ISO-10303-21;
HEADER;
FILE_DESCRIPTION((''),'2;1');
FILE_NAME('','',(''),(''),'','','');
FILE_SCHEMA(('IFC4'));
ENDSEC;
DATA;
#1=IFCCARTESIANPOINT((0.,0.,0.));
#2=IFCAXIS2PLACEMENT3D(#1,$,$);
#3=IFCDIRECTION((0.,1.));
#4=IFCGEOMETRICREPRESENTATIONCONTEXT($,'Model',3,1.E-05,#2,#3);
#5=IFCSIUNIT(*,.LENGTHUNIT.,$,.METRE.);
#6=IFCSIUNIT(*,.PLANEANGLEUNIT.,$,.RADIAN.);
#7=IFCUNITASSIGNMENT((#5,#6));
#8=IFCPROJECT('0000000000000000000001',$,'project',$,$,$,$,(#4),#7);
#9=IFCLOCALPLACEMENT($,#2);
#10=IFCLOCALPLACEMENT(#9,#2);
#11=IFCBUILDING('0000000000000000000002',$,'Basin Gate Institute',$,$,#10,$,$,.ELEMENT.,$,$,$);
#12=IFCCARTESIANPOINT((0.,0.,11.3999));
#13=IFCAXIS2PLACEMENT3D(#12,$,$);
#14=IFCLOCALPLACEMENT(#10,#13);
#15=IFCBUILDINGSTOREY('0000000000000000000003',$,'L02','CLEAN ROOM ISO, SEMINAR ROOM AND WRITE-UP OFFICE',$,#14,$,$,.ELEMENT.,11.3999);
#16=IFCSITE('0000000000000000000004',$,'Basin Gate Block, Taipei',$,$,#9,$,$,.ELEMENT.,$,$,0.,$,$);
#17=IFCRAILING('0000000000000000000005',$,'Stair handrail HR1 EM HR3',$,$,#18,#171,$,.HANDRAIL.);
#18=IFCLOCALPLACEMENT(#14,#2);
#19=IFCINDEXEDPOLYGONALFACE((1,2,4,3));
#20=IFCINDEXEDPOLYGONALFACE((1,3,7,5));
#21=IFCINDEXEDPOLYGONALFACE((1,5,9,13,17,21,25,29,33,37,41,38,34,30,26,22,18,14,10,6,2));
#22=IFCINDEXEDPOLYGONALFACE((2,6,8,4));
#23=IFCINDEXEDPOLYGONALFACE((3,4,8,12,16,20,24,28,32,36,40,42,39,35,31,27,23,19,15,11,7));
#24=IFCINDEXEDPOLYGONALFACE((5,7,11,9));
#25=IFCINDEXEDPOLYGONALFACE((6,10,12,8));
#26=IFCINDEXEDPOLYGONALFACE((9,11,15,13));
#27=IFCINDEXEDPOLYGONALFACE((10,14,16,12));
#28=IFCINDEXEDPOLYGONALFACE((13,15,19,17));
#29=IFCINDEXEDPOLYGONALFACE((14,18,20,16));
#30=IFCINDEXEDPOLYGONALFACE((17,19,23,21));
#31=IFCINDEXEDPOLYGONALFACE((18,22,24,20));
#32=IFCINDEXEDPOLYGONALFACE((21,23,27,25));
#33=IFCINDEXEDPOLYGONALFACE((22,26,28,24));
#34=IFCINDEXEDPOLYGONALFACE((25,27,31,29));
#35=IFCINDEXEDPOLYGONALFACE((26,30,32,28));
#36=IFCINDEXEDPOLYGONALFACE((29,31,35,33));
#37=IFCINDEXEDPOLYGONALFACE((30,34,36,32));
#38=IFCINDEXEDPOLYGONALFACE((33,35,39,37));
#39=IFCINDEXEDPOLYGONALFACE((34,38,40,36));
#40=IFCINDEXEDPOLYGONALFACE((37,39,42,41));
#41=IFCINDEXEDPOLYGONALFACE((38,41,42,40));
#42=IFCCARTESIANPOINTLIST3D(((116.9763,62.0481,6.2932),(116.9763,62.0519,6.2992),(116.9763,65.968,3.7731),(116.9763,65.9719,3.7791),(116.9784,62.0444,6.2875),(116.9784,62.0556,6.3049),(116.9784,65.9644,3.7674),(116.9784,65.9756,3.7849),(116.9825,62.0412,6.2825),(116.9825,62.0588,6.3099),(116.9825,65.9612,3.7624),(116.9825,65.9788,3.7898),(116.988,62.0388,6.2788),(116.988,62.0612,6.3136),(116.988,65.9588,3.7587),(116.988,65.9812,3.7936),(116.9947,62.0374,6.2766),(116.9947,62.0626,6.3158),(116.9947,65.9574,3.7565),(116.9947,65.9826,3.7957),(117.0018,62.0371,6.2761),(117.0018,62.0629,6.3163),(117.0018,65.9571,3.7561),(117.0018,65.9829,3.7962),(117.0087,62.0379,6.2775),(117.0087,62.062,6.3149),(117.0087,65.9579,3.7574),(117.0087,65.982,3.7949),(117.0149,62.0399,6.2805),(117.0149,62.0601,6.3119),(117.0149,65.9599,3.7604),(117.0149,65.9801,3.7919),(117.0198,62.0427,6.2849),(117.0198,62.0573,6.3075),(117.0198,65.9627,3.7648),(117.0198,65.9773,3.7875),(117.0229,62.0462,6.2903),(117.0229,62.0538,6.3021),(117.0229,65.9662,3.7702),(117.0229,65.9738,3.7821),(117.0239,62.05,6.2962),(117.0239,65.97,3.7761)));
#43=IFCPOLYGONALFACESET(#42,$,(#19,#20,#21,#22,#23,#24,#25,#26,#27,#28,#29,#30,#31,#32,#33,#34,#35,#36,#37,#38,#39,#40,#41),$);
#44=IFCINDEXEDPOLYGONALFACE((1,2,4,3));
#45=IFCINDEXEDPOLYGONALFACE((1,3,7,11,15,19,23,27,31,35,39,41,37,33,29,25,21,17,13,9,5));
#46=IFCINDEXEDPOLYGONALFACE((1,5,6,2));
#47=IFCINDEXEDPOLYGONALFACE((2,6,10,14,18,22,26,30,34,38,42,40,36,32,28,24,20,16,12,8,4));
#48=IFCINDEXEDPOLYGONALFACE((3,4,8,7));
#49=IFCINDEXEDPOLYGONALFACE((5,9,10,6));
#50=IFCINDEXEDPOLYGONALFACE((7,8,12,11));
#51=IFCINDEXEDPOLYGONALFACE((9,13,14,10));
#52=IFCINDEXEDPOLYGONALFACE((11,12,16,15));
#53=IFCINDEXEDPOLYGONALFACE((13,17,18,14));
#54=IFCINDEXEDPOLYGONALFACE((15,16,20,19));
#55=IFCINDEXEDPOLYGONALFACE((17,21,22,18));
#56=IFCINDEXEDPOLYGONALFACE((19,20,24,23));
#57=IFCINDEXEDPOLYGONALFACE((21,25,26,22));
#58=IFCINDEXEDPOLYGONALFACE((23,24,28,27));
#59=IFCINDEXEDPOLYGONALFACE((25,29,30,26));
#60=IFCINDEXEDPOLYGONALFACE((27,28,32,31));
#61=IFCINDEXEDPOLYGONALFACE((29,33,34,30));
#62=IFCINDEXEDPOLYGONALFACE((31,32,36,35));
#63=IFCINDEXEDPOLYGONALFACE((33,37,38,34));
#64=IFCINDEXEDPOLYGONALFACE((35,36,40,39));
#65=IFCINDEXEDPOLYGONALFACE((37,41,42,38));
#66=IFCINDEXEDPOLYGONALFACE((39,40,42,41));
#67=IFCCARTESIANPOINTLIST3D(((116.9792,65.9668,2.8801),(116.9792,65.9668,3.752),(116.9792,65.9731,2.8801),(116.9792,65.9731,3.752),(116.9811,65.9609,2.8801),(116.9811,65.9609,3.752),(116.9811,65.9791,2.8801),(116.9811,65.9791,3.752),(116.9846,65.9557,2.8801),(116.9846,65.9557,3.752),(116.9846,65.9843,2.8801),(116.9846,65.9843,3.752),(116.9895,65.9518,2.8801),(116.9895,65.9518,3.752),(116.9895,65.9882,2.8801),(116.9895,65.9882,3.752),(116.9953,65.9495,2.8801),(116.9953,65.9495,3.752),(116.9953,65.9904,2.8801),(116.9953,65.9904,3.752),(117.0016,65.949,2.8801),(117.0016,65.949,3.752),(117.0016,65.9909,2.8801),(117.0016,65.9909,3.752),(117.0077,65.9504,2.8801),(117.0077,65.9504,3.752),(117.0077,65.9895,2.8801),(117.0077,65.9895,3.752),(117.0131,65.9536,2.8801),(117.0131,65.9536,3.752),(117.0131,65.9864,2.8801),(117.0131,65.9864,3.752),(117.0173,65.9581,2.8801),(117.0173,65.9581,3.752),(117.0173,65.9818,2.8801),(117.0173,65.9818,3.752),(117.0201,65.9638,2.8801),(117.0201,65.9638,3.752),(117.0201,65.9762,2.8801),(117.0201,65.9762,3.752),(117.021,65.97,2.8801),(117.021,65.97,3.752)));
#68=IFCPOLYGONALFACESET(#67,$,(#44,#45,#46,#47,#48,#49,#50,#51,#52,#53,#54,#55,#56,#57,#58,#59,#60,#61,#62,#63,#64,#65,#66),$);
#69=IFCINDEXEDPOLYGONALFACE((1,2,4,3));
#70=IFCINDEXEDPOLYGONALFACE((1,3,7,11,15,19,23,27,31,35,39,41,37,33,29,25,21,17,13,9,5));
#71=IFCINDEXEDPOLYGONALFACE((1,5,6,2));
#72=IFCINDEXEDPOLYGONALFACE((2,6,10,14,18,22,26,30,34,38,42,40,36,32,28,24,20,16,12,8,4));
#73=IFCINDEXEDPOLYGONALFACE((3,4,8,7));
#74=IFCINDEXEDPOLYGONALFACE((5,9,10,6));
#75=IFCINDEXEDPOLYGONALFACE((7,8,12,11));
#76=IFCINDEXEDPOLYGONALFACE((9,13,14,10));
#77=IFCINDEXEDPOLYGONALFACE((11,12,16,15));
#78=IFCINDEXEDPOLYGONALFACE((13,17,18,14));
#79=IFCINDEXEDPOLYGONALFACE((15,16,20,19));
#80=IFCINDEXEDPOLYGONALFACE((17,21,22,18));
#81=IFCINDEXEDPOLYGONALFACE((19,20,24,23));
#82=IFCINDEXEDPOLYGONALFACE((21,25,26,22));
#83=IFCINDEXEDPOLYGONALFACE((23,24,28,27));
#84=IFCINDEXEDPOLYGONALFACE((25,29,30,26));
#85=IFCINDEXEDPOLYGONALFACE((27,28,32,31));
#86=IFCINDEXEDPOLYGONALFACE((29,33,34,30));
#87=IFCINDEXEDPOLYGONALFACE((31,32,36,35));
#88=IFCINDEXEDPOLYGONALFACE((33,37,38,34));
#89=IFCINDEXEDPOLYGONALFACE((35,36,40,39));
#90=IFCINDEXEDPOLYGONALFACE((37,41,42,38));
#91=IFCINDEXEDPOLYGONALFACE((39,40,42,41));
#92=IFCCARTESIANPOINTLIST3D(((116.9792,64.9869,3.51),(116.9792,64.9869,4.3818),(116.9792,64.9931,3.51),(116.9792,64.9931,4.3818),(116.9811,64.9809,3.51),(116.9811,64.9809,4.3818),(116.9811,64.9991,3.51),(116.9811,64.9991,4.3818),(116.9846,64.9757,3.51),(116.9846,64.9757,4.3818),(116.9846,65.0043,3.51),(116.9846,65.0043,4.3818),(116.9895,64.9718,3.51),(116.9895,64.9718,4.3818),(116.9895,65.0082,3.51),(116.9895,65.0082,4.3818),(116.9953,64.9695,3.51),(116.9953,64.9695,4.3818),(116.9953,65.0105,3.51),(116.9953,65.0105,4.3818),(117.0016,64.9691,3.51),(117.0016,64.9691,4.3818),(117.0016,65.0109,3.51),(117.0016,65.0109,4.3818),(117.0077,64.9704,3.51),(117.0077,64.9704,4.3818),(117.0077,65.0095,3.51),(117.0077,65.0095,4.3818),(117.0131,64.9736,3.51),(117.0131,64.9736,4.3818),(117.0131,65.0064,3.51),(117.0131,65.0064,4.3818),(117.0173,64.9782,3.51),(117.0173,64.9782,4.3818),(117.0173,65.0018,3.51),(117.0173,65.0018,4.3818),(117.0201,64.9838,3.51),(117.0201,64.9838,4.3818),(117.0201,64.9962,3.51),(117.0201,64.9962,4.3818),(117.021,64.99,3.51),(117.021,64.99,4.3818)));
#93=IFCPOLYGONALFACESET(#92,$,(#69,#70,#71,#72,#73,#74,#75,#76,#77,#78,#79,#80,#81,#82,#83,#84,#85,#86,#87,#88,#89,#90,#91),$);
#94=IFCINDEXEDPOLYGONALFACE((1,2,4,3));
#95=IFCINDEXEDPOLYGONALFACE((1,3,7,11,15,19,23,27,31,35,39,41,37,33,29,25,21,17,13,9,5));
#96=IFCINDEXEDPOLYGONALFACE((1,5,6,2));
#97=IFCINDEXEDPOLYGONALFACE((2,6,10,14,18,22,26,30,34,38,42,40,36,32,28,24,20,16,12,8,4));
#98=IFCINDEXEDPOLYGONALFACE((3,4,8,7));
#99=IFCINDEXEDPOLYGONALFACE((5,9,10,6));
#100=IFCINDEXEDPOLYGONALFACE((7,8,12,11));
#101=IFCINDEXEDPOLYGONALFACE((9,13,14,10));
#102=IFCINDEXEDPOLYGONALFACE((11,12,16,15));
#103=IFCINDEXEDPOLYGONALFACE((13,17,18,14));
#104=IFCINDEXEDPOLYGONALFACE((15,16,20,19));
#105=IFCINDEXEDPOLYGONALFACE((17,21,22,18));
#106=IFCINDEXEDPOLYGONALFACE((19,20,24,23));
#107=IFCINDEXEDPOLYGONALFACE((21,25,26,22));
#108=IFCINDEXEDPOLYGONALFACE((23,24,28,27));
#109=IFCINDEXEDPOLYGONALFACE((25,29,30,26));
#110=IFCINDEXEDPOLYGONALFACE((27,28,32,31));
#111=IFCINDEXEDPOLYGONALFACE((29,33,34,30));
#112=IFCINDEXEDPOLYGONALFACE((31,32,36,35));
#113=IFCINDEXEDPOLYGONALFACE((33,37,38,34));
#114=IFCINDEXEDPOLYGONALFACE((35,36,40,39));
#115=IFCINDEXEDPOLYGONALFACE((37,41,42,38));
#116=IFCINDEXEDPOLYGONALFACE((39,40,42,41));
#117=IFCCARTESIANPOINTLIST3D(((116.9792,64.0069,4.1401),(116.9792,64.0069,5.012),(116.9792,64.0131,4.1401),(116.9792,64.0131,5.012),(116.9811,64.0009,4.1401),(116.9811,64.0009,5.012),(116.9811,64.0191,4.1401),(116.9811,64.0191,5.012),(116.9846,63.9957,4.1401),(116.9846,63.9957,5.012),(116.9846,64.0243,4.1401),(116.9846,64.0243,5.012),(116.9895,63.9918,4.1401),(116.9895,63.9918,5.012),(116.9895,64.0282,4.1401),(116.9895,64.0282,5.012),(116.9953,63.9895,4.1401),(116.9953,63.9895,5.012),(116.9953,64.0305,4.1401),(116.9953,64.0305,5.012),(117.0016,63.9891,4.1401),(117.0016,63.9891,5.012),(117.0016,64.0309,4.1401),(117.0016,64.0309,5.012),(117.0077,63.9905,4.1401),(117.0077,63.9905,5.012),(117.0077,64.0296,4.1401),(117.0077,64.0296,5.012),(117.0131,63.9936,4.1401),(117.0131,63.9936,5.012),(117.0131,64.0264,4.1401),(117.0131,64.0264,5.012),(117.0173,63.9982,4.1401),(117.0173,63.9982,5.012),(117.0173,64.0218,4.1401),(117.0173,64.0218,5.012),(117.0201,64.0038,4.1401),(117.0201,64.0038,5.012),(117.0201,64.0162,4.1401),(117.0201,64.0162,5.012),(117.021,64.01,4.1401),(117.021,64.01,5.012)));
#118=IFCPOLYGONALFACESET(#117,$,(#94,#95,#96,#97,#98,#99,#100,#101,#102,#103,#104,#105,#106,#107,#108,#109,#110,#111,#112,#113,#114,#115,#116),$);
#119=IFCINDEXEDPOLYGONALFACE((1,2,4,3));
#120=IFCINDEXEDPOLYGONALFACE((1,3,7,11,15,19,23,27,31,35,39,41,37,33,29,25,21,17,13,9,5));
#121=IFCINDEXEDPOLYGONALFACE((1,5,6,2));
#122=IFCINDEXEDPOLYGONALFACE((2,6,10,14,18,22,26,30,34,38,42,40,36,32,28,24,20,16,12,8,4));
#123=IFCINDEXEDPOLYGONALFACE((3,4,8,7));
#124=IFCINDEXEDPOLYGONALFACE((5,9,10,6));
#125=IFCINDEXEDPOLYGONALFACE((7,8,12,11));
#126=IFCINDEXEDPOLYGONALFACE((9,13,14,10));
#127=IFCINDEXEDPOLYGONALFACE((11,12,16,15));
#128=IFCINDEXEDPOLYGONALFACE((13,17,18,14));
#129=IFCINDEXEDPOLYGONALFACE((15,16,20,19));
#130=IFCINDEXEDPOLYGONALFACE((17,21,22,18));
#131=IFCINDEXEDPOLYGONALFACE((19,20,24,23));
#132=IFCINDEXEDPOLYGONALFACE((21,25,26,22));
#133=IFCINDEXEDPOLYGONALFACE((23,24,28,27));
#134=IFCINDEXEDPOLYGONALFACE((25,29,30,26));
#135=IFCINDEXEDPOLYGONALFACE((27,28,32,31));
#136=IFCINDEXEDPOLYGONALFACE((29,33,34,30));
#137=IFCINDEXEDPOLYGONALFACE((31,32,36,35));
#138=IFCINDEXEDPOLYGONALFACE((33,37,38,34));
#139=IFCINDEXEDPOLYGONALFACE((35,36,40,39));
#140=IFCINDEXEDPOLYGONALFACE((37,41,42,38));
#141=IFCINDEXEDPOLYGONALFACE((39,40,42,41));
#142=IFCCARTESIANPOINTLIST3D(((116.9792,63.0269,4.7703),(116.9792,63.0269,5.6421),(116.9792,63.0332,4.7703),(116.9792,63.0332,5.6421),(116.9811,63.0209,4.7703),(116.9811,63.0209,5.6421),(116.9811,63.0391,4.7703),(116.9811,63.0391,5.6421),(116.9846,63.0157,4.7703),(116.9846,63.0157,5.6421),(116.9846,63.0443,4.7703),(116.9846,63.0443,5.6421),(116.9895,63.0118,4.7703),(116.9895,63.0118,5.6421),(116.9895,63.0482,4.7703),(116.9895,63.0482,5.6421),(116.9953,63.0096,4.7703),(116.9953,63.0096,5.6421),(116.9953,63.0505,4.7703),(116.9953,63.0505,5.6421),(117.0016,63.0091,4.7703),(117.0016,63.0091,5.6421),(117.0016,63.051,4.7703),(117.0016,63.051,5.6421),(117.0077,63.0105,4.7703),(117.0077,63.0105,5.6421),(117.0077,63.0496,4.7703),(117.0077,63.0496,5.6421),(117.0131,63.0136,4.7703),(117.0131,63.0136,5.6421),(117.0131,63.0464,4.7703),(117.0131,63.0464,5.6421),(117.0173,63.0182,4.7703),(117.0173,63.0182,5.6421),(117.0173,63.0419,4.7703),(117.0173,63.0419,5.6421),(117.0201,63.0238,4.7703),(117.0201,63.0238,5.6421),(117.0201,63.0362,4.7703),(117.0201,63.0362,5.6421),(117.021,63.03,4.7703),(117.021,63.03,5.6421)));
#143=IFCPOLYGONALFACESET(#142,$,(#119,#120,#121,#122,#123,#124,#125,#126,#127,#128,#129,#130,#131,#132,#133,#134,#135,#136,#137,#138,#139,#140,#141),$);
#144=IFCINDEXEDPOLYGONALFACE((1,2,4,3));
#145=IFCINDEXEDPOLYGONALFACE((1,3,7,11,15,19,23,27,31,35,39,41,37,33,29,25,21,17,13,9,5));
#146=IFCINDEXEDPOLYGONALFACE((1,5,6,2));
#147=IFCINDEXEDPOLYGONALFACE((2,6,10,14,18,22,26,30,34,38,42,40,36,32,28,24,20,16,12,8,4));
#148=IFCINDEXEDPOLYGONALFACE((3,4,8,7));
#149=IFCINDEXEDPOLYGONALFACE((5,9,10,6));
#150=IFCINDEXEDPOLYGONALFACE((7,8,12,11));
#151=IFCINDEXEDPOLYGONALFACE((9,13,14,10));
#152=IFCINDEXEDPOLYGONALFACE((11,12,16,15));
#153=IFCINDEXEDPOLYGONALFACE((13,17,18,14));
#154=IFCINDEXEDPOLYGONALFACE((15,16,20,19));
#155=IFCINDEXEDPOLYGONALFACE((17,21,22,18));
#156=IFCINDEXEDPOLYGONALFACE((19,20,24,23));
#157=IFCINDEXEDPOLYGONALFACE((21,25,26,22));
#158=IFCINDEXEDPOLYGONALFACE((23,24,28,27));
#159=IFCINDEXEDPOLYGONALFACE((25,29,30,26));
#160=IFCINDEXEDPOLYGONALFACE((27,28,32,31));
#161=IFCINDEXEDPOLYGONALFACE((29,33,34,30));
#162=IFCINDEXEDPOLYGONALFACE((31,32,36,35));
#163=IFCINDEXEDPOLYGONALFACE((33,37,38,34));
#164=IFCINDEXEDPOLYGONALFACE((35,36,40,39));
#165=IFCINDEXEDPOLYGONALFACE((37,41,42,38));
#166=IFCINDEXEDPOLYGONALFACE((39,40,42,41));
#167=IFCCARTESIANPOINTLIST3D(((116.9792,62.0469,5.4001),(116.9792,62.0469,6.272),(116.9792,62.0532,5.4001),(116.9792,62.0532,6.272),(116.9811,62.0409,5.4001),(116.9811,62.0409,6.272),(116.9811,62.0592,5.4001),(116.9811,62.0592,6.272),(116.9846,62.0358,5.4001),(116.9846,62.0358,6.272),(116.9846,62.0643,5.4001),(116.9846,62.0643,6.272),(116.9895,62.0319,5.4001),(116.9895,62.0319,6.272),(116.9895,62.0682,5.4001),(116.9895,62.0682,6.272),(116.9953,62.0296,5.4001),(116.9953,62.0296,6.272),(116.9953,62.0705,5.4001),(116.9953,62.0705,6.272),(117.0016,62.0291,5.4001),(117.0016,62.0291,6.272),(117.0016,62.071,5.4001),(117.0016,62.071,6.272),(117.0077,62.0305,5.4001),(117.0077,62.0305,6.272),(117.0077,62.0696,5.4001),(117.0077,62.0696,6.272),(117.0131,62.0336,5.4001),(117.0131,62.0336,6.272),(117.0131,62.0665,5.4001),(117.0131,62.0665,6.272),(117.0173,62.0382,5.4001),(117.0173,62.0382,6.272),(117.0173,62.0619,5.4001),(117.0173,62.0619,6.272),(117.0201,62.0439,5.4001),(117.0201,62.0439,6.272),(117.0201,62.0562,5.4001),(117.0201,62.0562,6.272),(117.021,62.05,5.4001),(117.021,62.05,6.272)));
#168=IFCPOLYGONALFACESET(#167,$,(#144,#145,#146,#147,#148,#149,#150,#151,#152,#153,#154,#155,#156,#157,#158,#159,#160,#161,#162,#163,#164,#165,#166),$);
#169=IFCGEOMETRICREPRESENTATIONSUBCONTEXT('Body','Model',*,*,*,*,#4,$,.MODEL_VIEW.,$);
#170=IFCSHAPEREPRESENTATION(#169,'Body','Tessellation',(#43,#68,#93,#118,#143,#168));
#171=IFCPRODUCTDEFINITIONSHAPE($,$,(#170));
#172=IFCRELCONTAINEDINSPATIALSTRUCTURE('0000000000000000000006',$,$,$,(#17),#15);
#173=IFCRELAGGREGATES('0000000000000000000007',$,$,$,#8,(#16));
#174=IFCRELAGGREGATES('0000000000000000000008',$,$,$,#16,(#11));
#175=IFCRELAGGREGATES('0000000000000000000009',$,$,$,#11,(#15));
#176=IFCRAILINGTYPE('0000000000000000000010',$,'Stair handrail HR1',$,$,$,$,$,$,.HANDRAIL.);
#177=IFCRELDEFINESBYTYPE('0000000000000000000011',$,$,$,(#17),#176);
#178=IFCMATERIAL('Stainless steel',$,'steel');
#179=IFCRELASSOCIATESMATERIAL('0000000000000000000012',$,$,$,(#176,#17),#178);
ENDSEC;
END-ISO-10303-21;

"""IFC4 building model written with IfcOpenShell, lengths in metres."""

from ifc_helpers import new_model, si_unit, direction, frame, origin, origin_2d, place, context, subcontext, project, spatial, circle, extrude, material, type_object, element, save


model = new_model("IFC4")

# Units and contexts
model_context = context("Model", 3, precision=1e-05, world=origin(), true_north=direction((0.0, 1.0)))
body_context = subcontext(model_context, "Body", "Model", "MODEL_VIEW")
ifc_project = project(units=[si_unit("LENGTHUNIT", "METRE"), si_unit("PLANEANGLEUNIT", "RADIAN")], contexts=[model_context])

# Site, building, storey
site_placement = place(None, origin())
site = spatial("IfcSite", under=ifc_project, at=site_placement, Name="Basin Gate Block, Taipei", CompositionType="ELEMENT", RefElevation=0.0)
building_placement = place(site_placement, origin())
building = spatial("IfcBuilding", under=site, at=building_placement, Name="Basin Gate Institute", CompositionType="ELEMENT")
storey_placement = place(building_placement, frame((0.0, 0.0, 11.3999)))
storey = spatial("IfcBuildingStorey", under=building, at=storey_placement, Name="L02", Description="CLEAN ROOM ISO, SEMINAR ROOM AND WRITE-UP OFFICE", CompositionType="ELEMENT", Elevation=11.3999)

# Railing
ifc_material_1 = material(Name="Stainless steel", Category="steel")
railing_type_1 = type_object("IfcRailingType", Name="Stair handrail HR1", PredefinedType="HANDRAIL", material=ifc_material_1)
railing_1_placement = place(storey_placement, frame((117.0, 65.97, 2.8801)))
element("IfcRailing", 1, at=railing_1_placement, inside=storey, type_object=railing_type_1, material=ifc_material_1, Name="Stair handrail HR1 EM HR3", PredefinedType="HANDRAIL", context=body_context, shape_type="SweptSolid", body=[
    extrude(circle(Radius=0.0239, at=origin_2d()), frame((0.0, 0.0, 0.896), z_axis=(0.0, -0.841172, 0.540768), x_axis=(1.0, 0.0, 0.0)), (0.0, 0.0, 1.0), 4.6602),
    extrude(circle(Radius=0.021, at=origin_2d()), origin(), (0.0, 0.0, 1.0), 0.8718),
    extrude(circle(Radius=0.021, at=origin_2d()), frame((0.0, -0.98, 0.6299)), (0.0, 0.0, 1.0), 0.8718),
    extrude(circle(Radius=0.021, at=origin_2d()), frame((0.0, -1.96, 1.26)), (0.0, 0.0, 1.0), 0.8718),
    extrude(circle(Radius=0.021, at=origin_2d()), frame((0.0, -2.9399, 1.8901)), (0.0, 0.0, 1.0), 0.8718),
    extrude(circle(Radius=0.021, at=origin_2d()), frame((0.0, -3.9199, 2.52)), (0.0, 0.0, 1.0), 0.8718),
])

save(model, "model.ifc")
